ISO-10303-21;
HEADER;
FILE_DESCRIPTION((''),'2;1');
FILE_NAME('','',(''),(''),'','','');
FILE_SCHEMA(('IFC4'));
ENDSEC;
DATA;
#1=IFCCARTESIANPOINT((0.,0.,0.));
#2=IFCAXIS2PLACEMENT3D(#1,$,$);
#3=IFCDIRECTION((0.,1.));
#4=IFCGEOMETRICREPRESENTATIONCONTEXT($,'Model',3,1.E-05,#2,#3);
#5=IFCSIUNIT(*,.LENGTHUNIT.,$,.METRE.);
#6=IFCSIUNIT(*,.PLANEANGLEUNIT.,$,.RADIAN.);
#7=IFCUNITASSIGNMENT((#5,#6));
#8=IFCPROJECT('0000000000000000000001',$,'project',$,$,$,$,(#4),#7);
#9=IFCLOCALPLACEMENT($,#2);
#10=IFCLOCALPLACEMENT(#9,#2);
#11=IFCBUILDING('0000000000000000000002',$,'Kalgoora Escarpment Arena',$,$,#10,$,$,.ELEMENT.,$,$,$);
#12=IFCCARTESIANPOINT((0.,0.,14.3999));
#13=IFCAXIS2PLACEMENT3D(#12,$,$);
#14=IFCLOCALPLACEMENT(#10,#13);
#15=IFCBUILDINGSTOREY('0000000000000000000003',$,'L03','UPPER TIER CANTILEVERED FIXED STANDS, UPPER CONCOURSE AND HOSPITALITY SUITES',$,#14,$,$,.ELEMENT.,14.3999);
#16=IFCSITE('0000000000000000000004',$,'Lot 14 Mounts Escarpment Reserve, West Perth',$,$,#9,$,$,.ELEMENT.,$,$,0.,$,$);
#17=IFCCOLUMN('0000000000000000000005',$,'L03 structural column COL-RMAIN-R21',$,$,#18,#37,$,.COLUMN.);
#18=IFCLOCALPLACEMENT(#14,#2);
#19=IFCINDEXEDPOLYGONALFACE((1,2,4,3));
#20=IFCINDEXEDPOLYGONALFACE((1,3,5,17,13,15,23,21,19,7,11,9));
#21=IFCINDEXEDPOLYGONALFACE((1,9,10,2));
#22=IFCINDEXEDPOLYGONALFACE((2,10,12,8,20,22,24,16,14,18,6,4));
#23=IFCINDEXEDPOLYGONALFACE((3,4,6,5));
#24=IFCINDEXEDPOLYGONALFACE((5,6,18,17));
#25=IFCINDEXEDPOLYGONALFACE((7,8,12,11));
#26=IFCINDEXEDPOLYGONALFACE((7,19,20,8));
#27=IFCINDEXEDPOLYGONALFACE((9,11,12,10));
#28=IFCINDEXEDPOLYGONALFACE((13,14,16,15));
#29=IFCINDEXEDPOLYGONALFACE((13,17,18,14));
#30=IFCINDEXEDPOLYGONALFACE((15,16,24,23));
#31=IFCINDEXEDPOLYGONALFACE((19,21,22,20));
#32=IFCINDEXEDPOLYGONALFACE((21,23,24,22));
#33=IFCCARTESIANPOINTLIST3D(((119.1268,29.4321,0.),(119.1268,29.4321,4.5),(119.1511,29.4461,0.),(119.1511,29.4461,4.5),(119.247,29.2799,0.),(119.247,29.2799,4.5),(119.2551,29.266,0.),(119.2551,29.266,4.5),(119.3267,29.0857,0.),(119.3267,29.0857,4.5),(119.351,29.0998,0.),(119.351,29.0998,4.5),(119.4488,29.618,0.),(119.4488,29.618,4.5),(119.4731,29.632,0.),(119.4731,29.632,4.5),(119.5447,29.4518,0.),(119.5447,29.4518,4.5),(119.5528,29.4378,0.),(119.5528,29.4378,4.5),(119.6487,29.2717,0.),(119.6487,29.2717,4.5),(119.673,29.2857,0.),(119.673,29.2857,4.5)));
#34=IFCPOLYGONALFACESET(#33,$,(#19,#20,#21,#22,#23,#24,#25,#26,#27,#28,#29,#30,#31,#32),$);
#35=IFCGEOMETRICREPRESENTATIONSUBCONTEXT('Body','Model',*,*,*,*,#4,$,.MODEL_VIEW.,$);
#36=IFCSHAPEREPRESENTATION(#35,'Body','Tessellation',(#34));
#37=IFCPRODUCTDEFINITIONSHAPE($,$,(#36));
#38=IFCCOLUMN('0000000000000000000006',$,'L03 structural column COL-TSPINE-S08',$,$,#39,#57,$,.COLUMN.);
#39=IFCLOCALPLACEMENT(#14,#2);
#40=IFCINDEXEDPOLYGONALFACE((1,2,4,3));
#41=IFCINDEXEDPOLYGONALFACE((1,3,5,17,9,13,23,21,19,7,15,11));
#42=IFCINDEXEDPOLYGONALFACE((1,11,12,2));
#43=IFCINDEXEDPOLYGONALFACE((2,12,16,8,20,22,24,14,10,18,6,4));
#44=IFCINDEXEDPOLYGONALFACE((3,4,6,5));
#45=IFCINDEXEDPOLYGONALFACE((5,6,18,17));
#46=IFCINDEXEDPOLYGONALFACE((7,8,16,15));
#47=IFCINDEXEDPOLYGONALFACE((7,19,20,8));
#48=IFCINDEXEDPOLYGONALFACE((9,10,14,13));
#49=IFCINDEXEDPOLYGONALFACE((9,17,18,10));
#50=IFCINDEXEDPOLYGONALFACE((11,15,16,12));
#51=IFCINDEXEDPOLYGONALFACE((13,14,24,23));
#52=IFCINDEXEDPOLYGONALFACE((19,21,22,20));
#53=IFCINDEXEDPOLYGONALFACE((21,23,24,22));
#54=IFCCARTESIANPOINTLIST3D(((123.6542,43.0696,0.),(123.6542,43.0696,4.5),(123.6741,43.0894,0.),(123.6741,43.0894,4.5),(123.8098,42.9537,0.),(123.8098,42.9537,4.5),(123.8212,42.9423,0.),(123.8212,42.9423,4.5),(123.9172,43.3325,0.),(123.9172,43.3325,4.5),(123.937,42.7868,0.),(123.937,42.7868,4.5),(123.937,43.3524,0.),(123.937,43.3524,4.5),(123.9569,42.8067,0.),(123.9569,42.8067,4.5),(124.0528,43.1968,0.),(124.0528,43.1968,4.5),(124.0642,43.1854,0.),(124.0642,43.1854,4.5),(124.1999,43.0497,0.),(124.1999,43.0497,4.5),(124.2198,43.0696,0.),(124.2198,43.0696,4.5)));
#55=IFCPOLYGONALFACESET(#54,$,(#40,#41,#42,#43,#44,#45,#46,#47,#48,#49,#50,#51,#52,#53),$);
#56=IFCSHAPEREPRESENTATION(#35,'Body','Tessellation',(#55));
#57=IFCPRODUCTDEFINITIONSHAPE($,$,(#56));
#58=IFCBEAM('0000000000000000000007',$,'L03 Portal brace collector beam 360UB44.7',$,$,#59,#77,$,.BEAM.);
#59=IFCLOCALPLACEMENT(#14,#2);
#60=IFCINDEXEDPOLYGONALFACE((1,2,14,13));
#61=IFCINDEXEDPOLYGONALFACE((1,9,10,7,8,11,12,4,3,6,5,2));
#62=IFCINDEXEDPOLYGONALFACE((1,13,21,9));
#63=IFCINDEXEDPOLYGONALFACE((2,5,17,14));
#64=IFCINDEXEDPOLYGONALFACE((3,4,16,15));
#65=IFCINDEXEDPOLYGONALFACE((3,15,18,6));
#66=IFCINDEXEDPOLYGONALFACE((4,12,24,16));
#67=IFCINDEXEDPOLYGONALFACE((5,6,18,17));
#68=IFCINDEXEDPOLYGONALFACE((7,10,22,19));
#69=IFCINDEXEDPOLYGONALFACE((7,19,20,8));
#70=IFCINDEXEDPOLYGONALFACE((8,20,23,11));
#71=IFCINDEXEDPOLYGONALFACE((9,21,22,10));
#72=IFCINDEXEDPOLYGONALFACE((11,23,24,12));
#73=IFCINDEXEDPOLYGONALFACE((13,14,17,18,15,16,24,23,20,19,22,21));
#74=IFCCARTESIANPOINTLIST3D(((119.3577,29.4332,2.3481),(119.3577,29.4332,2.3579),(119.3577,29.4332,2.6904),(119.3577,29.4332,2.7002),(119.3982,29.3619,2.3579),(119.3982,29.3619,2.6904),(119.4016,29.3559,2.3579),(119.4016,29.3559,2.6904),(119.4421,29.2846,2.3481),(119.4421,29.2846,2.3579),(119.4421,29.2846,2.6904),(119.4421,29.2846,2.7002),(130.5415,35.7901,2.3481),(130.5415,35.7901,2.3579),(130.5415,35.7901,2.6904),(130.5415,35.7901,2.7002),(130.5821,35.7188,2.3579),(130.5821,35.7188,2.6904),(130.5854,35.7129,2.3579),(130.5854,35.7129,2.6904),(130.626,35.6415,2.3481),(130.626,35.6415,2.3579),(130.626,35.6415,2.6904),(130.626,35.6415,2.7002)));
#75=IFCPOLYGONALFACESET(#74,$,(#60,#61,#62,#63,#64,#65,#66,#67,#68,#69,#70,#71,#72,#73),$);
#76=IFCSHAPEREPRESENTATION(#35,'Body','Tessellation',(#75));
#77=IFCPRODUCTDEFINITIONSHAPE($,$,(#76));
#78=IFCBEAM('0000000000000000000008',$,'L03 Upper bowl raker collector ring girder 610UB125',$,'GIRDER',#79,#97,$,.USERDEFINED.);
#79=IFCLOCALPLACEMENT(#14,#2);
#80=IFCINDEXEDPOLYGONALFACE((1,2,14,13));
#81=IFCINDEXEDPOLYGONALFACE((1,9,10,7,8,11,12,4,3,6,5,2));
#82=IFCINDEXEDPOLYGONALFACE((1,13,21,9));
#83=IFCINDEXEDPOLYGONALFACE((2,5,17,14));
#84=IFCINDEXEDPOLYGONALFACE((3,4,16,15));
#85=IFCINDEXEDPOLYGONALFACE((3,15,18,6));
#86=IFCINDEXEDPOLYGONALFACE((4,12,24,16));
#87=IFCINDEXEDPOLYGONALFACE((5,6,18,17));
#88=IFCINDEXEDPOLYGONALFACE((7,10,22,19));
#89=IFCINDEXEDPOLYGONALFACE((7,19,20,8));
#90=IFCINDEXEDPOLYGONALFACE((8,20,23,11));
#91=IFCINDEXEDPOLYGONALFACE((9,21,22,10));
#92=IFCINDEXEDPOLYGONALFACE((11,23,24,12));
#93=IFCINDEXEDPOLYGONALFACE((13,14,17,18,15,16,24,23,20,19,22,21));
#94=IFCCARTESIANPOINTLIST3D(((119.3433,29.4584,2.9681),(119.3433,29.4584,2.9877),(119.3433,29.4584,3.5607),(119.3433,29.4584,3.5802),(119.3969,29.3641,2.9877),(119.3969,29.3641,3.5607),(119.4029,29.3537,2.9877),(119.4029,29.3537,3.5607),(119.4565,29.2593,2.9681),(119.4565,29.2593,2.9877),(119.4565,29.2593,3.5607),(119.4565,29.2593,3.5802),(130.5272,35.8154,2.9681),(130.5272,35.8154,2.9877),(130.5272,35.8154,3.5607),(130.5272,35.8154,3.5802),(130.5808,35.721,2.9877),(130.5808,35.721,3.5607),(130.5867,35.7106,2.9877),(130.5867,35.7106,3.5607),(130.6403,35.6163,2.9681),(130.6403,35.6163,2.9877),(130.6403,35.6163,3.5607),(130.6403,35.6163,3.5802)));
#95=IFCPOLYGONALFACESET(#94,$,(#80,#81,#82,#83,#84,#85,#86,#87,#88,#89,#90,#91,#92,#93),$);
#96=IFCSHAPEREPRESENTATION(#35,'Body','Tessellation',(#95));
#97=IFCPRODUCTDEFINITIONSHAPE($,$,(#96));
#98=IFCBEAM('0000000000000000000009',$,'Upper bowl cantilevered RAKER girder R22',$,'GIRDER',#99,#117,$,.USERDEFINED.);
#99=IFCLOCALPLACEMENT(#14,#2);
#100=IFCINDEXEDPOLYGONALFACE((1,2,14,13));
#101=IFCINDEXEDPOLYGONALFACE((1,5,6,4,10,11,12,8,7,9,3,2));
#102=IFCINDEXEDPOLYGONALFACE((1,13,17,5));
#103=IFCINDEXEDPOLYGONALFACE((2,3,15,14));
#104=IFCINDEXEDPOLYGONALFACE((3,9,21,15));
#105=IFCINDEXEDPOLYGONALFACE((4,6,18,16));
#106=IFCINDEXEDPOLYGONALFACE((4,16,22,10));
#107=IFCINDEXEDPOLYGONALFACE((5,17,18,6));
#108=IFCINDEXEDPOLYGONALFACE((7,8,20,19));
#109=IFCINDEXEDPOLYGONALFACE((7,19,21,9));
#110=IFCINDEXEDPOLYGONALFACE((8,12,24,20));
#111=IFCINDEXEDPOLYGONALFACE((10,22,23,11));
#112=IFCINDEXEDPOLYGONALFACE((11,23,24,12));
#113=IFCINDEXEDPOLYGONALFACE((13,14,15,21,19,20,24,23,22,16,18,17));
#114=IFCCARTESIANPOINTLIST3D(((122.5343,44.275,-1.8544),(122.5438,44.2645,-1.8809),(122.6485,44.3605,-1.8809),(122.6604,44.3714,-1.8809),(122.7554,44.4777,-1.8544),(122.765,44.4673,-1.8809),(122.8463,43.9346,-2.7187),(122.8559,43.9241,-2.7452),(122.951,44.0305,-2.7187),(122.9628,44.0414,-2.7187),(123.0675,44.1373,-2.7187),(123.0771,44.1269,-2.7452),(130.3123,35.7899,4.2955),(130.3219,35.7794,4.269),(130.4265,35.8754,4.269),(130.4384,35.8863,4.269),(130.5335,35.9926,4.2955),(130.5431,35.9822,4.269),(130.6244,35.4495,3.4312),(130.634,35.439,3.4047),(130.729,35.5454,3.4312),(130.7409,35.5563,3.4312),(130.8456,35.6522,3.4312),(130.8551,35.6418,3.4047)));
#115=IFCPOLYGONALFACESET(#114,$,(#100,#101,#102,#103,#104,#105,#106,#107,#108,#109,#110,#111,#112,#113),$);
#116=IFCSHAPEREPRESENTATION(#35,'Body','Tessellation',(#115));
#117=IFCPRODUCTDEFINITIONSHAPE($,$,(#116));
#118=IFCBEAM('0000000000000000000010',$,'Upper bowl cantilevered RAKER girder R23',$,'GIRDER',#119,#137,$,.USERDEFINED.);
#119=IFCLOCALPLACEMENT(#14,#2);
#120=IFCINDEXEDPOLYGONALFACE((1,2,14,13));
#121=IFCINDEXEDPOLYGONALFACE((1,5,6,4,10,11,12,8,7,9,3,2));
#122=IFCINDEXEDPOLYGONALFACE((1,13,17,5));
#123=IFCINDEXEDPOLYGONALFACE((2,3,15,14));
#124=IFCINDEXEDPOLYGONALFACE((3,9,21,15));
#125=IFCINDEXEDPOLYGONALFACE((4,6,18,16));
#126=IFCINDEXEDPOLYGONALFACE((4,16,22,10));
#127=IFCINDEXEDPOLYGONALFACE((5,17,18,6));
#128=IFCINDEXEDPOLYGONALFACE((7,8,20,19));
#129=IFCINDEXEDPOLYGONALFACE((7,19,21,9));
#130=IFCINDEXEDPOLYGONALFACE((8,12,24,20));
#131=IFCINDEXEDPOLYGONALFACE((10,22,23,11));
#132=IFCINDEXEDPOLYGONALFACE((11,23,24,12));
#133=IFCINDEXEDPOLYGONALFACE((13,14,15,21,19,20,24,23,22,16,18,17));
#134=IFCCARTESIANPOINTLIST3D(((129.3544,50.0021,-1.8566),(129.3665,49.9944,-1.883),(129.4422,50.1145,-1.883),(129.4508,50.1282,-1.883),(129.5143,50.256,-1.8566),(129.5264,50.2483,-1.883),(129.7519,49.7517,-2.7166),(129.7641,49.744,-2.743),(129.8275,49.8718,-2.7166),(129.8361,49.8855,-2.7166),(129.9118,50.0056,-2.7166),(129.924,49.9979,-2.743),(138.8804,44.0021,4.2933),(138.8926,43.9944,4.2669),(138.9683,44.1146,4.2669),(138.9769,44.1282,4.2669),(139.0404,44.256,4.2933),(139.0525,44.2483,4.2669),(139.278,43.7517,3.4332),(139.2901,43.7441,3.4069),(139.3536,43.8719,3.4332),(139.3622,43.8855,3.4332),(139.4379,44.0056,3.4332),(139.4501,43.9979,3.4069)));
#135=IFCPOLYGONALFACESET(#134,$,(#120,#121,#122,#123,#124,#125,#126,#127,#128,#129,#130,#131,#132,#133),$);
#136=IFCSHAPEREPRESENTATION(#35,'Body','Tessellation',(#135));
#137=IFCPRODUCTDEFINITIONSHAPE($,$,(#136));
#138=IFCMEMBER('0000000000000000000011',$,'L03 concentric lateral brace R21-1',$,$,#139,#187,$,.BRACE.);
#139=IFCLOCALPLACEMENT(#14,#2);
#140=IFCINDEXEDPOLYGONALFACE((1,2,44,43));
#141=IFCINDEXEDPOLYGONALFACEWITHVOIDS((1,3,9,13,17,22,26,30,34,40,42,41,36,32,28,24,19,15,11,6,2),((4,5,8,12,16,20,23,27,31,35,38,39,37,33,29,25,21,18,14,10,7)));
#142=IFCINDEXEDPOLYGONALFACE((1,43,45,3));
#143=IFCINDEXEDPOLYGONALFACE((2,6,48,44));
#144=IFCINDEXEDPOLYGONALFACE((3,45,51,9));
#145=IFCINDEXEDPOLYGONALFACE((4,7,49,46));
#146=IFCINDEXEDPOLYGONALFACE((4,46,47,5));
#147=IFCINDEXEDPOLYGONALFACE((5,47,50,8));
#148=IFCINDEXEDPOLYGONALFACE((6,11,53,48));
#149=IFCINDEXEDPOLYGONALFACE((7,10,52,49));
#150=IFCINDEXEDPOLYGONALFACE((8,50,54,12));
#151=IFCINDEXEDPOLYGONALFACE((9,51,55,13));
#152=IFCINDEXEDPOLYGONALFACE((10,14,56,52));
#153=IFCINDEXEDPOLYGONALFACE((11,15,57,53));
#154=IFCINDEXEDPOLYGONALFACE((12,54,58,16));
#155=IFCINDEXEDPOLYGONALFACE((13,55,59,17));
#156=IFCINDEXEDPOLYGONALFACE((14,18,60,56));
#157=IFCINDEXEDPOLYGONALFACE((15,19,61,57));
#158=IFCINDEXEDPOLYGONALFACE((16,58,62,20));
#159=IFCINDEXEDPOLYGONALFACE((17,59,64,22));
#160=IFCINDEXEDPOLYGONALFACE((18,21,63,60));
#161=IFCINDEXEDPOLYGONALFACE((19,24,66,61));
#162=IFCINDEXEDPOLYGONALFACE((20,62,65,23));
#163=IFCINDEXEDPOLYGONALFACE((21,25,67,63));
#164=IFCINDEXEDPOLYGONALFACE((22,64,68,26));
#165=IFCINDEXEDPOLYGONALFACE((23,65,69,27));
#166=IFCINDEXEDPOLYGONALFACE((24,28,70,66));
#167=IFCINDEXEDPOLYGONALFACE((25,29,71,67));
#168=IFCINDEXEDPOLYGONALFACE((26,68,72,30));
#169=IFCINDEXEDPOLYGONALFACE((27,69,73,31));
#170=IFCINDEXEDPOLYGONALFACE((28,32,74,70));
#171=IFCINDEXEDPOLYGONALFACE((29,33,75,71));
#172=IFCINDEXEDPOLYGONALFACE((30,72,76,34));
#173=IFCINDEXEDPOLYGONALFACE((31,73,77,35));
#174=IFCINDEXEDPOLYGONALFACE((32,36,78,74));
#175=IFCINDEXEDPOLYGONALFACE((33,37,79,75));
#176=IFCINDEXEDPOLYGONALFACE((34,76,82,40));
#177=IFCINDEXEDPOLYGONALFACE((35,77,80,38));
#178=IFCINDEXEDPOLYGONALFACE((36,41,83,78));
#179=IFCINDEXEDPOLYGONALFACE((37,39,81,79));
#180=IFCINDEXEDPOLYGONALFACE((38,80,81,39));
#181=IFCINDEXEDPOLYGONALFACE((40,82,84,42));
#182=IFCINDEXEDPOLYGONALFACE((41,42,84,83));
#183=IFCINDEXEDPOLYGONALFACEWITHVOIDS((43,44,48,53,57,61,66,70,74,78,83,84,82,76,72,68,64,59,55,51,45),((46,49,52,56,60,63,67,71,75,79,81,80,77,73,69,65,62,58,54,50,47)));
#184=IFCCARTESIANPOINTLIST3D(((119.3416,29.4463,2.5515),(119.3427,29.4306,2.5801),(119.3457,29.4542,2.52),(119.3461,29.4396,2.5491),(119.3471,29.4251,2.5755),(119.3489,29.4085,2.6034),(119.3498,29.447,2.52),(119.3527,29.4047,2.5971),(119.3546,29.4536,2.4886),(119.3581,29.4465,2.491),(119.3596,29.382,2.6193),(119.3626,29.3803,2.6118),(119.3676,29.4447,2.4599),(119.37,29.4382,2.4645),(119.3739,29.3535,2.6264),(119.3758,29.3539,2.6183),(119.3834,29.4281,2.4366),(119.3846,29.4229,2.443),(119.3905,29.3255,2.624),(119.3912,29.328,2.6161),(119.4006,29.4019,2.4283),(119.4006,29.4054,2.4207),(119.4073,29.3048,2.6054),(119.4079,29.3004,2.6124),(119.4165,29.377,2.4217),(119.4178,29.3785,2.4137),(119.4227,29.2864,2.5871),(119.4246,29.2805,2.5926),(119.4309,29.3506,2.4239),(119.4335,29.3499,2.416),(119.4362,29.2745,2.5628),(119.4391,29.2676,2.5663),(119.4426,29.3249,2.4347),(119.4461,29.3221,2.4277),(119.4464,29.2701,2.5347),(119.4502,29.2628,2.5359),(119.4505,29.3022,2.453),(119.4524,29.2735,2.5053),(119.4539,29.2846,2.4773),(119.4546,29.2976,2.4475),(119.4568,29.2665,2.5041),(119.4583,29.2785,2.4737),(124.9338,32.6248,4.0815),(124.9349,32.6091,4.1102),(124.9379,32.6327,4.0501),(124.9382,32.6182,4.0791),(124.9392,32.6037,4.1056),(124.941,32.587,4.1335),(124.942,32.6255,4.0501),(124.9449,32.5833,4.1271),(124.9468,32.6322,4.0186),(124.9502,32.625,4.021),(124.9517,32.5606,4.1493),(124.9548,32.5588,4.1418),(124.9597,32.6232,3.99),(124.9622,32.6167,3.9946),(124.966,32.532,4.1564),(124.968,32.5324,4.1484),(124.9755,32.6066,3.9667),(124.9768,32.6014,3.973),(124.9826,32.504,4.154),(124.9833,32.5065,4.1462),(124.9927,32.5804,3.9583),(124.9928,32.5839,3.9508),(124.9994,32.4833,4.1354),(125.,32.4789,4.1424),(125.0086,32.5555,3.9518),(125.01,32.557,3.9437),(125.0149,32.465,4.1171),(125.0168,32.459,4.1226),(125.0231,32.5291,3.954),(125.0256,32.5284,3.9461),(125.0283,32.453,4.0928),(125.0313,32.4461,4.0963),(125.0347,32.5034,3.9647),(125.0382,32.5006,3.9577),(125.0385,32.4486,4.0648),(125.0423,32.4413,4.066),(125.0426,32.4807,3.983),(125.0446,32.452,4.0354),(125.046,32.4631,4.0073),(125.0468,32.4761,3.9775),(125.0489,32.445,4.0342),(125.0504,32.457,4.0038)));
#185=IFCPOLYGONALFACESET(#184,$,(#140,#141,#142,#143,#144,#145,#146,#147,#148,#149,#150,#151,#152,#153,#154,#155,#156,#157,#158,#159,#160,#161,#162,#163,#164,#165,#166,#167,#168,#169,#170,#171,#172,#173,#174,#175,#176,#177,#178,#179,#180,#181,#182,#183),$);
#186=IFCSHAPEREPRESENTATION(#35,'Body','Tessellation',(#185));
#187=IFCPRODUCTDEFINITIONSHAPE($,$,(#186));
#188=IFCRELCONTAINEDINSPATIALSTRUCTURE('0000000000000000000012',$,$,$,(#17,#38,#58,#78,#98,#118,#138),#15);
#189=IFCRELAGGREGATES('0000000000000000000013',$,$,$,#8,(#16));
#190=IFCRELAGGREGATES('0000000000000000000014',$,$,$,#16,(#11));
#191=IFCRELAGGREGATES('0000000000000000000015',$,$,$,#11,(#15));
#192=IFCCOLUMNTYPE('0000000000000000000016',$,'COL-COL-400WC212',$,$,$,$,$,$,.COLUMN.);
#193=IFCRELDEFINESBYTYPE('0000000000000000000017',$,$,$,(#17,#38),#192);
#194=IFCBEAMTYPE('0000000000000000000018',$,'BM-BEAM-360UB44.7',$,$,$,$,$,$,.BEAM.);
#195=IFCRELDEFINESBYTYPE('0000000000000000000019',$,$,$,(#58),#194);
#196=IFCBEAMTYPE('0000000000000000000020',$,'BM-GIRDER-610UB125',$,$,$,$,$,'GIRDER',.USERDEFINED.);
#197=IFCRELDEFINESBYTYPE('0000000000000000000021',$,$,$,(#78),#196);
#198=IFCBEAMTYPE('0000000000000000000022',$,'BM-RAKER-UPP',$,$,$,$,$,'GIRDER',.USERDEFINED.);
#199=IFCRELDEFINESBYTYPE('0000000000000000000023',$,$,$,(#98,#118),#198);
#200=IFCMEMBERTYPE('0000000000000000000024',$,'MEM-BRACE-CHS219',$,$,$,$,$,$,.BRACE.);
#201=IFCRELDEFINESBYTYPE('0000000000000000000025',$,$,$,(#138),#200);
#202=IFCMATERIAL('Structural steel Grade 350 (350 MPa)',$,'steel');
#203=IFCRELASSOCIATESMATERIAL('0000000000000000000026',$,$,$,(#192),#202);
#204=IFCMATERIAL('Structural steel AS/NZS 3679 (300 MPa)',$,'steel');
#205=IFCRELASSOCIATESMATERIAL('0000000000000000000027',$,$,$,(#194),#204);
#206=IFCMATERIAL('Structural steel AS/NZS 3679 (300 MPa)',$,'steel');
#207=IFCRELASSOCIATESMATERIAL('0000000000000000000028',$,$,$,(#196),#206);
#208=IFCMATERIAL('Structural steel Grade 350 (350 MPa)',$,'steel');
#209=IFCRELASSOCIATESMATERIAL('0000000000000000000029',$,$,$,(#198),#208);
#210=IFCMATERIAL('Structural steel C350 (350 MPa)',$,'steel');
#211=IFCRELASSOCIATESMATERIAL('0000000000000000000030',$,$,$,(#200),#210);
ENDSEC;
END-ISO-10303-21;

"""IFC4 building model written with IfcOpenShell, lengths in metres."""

from ifc_helpers import new_model, si_unit, direction, frame, origin, origin_2d, place, context, subcontext, project, spatial, hollow_circle, i_section, extrude, material, material_profile, profile_set, type_object, element, save


model = new_model("IFC4")

# Units and contexts
model_context = context("Model", 3, precision=1e-05, world=origin(), true_north=direction((0.0, 1.0)))
body_context = subcontext(model_context, "Body", "Model", "MODEL_VIEW")
ifc_project = project(units=[si_unit("LENGTHUNIT", "METRE"), si_unit("PLANEANGLEUNIT", "RADIAN")], contexts=[model_context])

# Site, building, storey
site_placement = place(None, origin())
site = spatial("IfcSite", under=ifc_project, at=site_placement, Name="Lot 14 Mounts Escarpment Reserve, West Perth", CompositionType="ELEMENT", RefElevation=0.0)
building_placement = place(site_placement, origin())
building = spatial("IfcBuilding", under=site, at=building_placement, Name="Kalgoora Escarpment Arena", CompositionType="ELEMENT")
storey_placement = place(building_placement, frame((0.0, 0.0, 14.3999)))
storey = spatial("IfcBuildingStorey", under=building, at=storey_placement, Name="L03", Description="UPPER TIER CANTILEVERED FIXED STANDS, UPPER CONCOURSE AND HOSPITALITY SUITES", CompositionType="ELEMENT", Elevation=14.3999)

# Columns
ifc_material_1 = material(Name="Structural steel Grade 350 (350 MPa)", Category="steel")
ifc_material_profile_1 = material_profile(ifc_material_1, i_section(OverallWidth=0.3999, OverallDepth=0.3999, WebThickness=0.0161, FlangeThickness=0.0281, at=origin_2d()))
ifc_profile_set_1 = profile_set([ifc_material_profile_1], Name="Structural steel Grade 350 (350 MPa)")
column_type = type_object("IfcColumnType", Name="COL-COL-400WC212", PredefinedType="COLUMN", material=ifc_profile_set_1)
for number, where, z_axis, x_axis, name in (
    (1, (119.3999, 29.3589, 0.0), (0.0, 0.0, 1.0), (0.5, -0.866025, 0.0), "L03 structural column COL-RMAIN-R21"),
    (2, (123.937, 43.0696, 0.0), (0.0, 0.0, 1.0), (0.707107, -0.707107, 0.0), "L03 structural column COL-TSPINE-S08"),
):
    element("IfcColumn", number, at=place(storey_placement, frame(where, z_axis=z_axis, x_axis=x_axis)), inside=storey, type_object=column_type, Name=name, PredefinedType="COLUMN", context=body_context, shape_type="SweptSolid", body=[
        extrude(i_section(OverallWidth=0.3999, OverallDepth=0.3999, WebThickness=0.0161, FlangeThickness=0.0281, at=origin_2d()), origin(), (0.0, 0.0, 1.0), 4.5),
    ])

# Beams
ifc_material_2 = material(Name="Structural steel AS/NZS 3679 (300 MPa)", Category="steel")
ifc_material_profile_2 = material_profile(ifc_material_2, i_section(OverallWidth=0.1709, OverallDepth=0.3521, WebThickness=0.0068, FlangeThickness=0.0098, at=origin_2d()))
ifc_profile_set_2 = profile_set([ifc_material_profile_2], Name="Structural steel AS/NZS 3679 (300 MPa)")
beam_type_1 = type_object("IfcBeamType", Name="BM-BEAM-360UB44.7", PredefinedType="BEAM", material=ifc_profile_set_2)
beam_1_placement = place(storey_placement, frame((119.3999, 29.3589, 2.5242), z_axis=(0.869374, 0.494155, 0.0), x_axis=(-0.494155, 0.869374, 0.0)))
element("IfcBeam", 3, at=beam_1_placement, inside=storey, type_object=beam_type_1, Name="L03 Portal brace collector beam 360UB44.7", PredefinedType="BEAM", context=body_context, shape_type="SweptSolid", body=[
    extrude(i_section(OverallWidth=0.1709, OverallDepth=0.3521, WebThickness=0.0068, FlangeThickness=0.0098, at=origin_2d()), origin(), (0.0, 0.0, 1.0), 12.8643),
])
ifc_material_3 = material(Name="Structural steel AS/NZS 3679 (300 MPa)", Category="steel")
ifc_material_profile_3 = material_profile(ifc_material_3, i_section(OverallWidth=0.229, OverallDepth=0.6121, WebThickness=0.012, FlangeThickness=0.0195, at=origin_2d()))
ifc_profile_set_3 = profile_set([ifc_material_profile_3], Name="Structural steel AS/NZS 3679 (300 MPa)")
beam_type_2 = type_object("IfcBeamType", Name="BM-GIRDER-610UB125", ElementType="GIRDER", PredefinedType="USERDEFINED", material=ifc_profile_set_3)
beam_2_placement = place(storey_placement, frame((119.3999, 29.3589, 3.2742), z_axis=(0.869374, 0.494155, 0.0), x_axis=(-0.494155, 0.869374, 0.0)))
element("IfcBeam", 4, at=beam_2_placement, inside=storey, type_object=beam_type_2, Name="L03 Upper bowl raker collector ring girder 610UB125", ObjectType="GIRDER", PredefinedType="USERDEFINED", context=body_context, shape_type="SweptSolid", body=[
    extrude(i_section(OverallWidth=0.229, OverallDepth=0.6121, WebThickness=0.012, FlangeThickness=0.0195, at=origin_2d()), origin(), (0.0, 0.0, 1.0), 12.8643),
])
ifc_material_4 = material(Name="Structural steel Grade 350 (350 MPa)", Category="steel")
ifc_material_profile_4 = material_profile(ifc_material_4, i_section(OverallWidth=0.3, OverallDepth=1.01, WebThickness=0.0161, FlangeThickness=0.03, at=origin_2d()))
ifc_profile_set_4 = profile_set([ifc_material_profile_4], Name="Structural steel Grade 350 (350 MPa)")
beam_type_3 = type_object("IfcBeamType", Name="BM-RAKER-UPP", ElementType="GIRDER", PredefinedType="USERDEFINED", material=ifc_profile_set_4)
beam_3_placement = place(storey_placement, frame((122.8057, 44.2009, -2.2998), z_axis=(0.595996, -0.650172, 0.471237), x_axis=(0.737151, 0.675728, 0.0)))
element("IfcBeam", 5, at=beam_3_placement, inside=storey, type_object=beam_type_3, Name="Upper bowl cantilevered RAKER girder R22", ObjectType="GIRDER", PredefinedType="USERDEFINED", context=body_context, shape_type="SweptSolid", body=[
    extrude(i_section(OverallWidth=0.3, OverallDepth=1.01, WebThickness=0.0161, FlangeThickness=0.03, at=origin_2d()), origin(), (0.0, 0.0, 1.0), 13.0505),
])
beam_4_placement = place(storey_placement, frame((129.6392, 50.0, -2.2998), z_axis=(0.74258, -0.467712, 0.479397), x_axis=(0.532945, 0.84615, 0.0)))
element("IfcBeam", 6, at=beam_4_placement, inside=storey, type_object=beam_type_3, Name="Upper bowl cantilevered RAKER girder R23", ObjectType="GIRDER", PredefinedType="USERDEFINED", context=body_context, shape_type="SweptSolid", body=[
    extrude(i_section(OverallWidth=0.3, OverallDepth=1.01, WebThickness=0.0161, FlangeThickness=0.03, at=origin_2d()), origin(), (0.0, 0.0, 1.0), 12.8284),
])

# Member
ifc_material_5 = material(Name="Structural steel C350 (350 MPa)", Category="steel")
ifc_material_profile_5 = material_profile(ifc_material_5, hollow_circle(Radius=0.1096, WallThickness=0.0083, at=origin_2d()))
ifc_profile_set_5 = profile_set([ifc_material_profile_5], Name="Structural steel C350 (350 MPa)")
member_type_1 = type_object("IfcMemberType", Name="MEM-BRACE-CHS219", PredefinedType="BRACE", material=ifc_profile_set_5)
member_1_placement = place(storey_placement, frame((119.3999, 29.3589, 2.52), z_axis=(0.84578, 0.480734, 0.231412), x_axis=(-0.494147, 0.869378, 0.0)))
element("IfcMember", 7, at=member_1_placement, inside=storey, type_object=member_type_1, Name="L03 concentric lateral brace R21-1", PredefinedType="BRACE", context=body_context, shape_type="SweptSolid", body=[
    extrude(hollow_circle(Radius=0.1096, WallThickness=0.0083, at=origin_2d()), origin(), (0.0, 0.0, 1.0), 6.6118),
])

save(model, "model.ifc")
